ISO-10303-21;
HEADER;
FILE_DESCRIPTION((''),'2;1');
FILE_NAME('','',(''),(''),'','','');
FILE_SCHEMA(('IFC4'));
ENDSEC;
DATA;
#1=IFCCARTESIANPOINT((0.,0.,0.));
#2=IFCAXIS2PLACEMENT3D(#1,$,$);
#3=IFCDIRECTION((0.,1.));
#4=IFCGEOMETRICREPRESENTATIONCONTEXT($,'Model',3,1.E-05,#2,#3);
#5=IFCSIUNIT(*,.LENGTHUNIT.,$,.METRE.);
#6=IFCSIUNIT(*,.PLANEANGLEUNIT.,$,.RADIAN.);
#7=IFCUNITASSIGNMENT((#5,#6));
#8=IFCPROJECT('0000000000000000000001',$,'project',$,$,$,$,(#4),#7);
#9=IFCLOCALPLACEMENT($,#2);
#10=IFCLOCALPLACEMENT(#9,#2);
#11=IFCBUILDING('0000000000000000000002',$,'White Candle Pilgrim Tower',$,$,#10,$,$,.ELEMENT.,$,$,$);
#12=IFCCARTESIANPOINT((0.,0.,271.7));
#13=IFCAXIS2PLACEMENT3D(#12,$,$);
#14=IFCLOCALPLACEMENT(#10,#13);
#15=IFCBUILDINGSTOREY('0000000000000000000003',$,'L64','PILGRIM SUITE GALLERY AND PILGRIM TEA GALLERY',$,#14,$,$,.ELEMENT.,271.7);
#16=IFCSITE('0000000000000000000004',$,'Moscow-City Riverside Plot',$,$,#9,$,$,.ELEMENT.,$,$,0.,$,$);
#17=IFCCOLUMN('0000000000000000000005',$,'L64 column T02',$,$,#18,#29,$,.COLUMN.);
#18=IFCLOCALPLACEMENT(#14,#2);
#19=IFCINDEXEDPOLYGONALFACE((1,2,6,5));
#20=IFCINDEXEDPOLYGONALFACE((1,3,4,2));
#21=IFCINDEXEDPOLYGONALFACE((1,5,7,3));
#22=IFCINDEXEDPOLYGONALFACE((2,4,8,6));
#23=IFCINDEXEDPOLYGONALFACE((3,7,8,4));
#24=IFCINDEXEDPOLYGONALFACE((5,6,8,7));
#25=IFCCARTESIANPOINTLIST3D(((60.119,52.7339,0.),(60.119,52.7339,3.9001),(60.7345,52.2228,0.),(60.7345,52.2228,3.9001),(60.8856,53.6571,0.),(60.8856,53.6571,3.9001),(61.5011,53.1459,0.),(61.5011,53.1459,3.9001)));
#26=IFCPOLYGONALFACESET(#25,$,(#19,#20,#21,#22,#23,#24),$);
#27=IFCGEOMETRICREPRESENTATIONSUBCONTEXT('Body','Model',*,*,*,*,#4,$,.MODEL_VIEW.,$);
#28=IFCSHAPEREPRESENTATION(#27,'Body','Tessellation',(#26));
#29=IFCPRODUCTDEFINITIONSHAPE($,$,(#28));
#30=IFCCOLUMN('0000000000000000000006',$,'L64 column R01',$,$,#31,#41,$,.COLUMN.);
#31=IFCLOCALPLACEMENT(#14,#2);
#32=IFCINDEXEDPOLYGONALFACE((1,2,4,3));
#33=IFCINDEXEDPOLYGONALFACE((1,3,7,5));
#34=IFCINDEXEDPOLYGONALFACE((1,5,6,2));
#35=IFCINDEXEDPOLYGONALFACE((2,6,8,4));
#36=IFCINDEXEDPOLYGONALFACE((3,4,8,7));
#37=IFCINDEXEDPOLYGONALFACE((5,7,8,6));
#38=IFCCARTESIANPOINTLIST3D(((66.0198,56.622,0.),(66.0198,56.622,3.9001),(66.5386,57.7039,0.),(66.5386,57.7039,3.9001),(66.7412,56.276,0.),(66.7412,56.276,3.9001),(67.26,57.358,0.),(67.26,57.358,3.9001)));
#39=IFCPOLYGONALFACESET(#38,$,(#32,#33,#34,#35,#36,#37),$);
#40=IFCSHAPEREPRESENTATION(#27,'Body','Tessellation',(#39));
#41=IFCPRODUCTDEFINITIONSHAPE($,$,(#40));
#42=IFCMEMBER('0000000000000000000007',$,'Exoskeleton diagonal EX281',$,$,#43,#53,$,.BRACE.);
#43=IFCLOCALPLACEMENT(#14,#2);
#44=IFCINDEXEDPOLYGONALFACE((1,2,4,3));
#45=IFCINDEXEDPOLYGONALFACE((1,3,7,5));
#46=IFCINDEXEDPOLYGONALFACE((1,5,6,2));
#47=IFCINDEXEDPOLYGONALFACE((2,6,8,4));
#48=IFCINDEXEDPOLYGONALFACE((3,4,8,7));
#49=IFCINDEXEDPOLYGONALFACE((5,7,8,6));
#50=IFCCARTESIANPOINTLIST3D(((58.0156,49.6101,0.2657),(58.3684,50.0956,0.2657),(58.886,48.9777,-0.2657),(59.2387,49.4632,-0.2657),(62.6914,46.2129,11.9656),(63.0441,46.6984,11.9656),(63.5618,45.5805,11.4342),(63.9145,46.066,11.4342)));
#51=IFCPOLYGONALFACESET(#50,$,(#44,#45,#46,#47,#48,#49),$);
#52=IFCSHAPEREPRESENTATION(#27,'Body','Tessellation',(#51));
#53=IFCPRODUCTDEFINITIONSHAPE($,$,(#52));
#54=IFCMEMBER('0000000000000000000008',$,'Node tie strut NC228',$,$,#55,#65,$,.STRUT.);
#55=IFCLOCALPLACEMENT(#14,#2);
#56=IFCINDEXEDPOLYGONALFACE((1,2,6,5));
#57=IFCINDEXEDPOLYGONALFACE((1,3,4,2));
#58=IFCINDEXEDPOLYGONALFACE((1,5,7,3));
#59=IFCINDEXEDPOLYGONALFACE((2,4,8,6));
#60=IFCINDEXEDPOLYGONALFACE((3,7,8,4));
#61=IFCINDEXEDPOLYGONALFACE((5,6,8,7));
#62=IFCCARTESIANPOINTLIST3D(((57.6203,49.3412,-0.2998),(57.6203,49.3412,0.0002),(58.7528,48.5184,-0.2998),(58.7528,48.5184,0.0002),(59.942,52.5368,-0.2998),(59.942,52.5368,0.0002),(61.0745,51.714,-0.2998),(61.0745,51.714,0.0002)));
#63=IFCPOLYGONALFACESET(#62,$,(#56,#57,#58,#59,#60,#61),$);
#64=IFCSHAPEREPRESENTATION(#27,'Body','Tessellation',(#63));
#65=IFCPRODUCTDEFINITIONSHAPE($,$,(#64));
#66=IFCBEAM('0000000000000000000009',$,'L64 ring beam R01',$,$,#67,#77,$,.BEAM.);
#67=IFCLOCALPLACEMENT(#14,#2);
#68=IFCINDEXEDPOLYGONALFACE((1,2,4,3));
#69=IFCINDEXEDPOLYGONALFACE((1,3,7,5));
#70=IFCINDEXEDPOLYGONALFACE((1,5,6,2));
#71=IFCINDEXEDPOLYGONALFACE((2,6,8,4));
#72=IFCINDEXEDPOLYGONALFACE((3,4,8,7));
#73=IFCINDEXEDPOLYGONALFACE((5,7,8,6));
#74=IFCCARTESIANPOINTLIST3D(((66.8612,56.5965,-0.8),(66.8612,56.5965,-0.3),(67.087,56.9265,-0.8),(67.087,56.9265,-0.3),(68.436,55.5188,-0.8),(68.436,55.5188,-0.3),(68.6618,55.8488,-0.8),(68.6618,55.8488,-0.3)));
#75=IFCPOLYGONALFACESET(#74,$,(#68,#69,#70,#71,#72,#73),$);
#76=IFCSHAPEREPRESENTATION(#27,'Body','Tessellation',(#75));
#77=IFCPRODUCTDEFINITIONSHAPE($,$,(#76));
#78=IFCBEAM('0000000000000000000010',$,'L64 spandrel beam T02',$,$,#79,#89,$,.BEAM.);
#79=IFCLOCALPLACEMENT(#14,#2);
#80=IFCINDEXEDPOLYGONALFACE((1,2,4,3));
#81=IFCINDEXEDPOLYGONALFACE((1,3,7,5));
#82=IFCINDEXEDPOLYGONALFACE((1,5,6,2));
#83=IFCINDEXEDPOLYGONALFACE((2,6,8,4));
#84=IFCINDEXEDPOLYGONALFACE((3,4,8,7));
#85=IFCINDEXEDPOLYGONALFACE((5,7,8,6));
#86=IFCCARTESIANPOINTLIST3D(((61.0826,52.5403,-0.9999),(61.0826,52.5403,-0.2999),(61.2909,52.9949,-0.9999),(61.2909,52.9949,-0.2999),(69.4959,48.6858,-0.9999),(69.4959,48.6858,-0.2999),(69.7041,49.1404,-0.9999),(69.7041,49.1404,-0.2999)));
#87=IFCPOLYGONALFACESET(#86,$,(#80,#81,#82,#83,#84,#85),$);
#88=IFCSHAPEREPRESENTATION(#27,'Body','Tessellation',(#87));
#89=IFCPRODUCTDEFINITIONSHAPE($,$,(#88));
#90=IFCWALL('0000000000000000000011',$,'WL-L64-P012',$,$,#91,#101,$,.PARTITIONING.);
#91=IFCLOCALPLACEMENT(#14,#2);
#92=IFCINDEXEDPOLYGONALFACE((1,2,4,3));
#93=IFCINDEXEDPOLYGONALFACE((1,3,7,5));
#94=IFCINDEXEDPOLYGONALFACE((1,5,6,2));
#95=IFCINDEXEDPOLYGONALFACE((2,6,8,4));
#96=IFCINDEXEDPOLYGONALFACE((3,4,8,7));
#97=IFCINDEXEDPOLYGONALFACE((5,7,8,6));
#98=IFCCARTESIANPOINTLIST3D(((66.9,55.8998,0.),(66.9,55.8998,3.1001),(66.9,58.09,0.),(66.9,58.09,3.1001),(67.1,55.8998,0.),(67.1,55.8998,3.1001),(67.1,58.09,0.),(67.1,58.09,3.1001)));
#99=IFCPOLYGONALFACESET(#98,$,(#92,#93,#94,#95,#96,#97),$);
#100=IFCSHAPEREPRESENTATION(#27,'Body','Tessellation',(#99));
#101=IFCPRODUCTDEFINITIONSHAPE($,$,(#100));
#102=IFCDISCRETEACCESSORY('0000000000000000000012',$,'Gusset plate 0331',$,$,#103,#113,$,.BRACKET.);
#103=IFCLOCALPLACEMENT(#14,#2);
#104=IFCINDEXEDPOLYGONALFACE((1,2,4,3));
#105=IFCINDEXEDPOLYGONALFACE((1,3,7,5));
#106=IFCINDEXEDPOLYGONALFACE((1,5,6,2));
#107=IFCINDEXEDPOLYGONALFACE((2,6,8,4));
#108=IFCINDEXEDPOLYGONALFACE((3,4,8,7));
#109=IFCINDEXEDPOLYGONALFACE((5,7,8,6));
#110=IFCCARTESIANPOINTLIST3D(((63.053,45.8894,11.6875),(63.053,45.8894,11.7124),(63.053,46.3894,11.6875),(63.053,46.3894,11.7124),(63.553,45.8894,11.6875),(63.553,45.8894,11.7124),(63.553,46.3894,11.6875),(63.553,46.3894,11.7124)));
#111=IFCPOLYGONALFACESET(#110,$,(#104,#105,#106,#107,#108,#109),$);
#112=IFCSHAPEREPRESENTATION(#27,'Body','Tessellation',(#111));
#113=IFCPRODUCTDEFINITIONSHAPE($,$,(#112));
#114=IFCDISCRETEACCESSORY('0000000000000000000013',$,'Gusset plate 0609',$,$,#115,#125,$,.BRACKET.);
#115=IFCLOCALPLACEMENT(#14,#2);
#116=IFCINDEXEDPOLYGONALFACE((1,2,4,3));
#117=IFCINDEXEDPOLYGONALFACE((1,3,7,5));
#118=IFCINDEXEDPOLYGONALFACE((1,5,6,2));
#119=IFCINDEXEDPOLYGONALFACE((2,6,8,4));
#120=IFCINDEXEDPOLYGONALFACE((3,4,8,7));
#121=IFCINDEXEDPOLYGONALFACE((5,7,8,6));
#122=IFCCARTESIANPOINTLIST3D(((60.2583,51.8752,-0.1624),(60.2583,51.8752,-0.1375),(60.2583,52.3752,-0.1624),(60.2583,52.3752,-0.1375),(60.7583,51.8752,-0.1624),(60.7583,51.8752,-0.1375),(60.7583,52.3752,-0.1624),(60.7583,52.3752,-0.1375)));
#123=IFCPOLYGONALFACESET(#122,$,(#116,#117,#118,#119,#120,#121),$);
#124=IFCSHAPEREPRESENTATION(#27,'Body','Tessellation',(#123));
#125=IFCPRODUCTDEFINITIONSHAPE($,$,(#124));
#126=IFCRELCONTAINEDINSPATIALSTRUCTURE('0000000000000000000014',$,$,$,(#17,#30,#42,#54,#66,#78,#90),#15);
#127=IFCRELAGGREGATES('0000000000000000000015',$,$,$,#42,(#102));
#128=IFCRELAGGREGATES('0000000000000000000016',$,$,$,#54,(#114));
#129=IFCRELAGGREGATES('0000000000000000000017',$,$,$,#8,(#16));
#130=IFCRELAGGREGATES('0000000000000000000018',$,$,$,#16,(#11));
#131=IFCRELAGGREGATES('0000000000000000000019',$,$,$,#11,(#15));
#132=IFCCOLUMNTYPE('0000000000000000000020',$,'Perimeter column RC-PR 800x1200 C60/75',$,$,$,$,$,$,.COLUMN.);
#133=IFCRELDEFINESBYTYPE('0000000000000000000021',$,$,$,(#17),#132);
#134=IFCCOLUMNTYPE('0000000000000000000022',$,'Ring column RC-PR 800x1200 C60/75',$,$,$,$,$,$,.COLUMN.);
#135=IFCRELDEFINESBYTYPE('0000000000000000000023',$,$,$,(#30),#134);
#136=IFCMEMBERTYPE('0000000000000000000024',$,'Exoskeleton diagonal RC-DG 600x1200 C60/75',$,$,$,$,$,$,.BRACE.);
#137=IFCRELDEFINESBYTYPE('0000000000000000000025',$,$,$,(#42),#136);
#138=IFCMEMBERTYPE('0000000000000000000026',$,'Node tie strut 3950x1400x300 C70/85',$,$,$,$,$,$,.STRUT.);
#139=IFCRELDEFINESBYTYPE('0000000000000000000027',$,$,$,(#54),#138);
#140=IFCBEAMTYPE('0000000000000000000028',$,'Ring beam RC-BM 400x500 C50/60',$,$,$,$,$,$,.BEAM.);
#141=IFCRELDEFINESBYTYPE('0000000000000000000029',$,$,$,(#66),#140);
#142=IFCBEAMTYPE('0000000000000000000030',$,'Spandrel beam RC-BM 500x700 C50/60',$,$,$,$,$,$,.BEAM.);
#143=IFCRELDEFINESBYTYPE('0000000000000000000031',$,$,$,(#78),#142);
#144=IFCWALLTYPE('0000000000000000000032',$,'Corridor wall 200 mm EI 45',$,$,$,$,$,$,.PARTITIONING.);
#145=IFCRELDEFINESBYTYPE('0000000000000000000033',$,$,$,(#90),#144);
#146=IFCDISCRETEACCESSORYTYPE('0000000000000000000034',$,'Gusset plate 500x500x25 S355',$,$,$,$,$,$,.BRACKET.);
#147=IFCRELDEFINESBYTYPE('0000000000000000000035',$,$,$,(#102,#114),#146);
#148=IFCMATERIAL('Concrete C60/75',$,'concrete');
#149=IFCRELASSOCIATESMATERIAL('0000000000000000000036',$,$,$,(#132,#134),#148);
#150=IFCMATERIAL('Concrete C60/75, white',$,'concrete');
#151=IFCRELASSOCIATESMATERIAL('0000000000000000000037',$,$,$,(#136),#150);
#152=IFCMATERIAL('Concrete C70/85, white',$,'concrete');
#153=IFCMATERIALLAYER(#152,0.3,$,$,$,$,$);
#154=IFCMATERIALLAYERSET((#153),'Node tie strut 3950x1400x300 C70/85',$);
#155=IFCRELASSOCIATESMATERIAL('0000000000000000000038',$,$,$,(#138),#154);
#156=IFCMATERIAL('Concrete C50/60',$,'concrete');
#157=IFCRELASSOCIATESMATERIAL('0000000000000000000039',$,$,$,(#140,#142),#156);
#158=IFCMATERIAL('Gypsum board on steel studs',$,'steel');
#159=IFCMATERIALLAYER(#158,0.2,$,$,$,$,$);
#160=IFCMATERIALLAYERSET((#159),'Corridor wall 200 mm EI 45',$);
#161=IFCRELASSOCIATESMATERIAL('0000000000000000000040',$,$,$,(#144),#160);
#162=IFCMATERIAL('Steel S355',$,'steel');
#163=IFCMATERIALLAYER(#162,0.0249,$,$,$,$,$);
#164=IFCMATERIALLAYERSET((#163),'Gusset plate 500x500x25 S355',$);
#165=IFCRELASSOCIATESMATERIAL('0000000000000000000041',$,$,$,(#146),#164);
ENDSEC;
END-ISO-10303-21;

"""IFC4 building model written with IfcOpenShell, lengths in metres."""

from ifc_helpers import new_model, si_unit, direction, frame, frame_2d, origin, origin_2d, place, context, subcontext, project, spatial, rectangle, extrude, material, layer, layer_set, material_profile, profile_set, type_object, element, aggregate, save


model = new_model("IFC4")

# Units and contexts
model_context = context("Model", 3, precision=1e-05, world=origin(), true_north=direction((0.0, 1.0)))
body_context = subcontext(model_context, "Body", "Model", "MODEL_VIEW")
ifc_project = project(units=[si_unit("LENGTHUNIT", "METRE"), si_unit("PLANEANGLEUNIT", "RADIAN")], contexts=[model_context])

# Site, building, storey
site_placement = place(None, origin())
site = spatial("IfcSite", under=ifc_project, at=site_placement, Name="Moscow-City Riverside Plot", CompositionType="ELEMENT", RefElevation=0.0)
building_placement = place(site_placement, origin())
building = spatial("IfcBuilding", under=site, at=building_placement, Name="White Candle Pilgrim Tower", CompositionType="ELEMENT")
storey_placement = place(building_placement, frame((0.0, 0.0, 271.7)))
storey = spatial("IfcBuildingStorey", under=building, at=storey_placement, Name="L64", Description="PILGRIM SUITE GALLERY AND PILGRIM TEA GALLERY", CompositionType="ELEMENT", Elevation=271.7)

# Columns
ifc_material_1 = material(Name="Concrete C60/75", Category="concrete")
ifc_material_profile_1 = material_profile(ifc_material_1, rectangle(XDim=0.8, YDim=1.2, at=origin_2d()), Name="RC-PR 800x1200")
ifc_profile_set_1 = profile_set([ifc_material_profile_1], Name="Concrete C60/75")
column_type_1 = type_object("IfcColumnType", Name="Perimeter column RC-PR 800x1200 C60/75", PredefinedType="COLUMN", material=ifc_profile_set_1)
column_1_placement = place(storey_placement, frame((60.8101, 52.9399, 0.0), z_axis=(0.0, 0.0, 1.0), x_axis=(-0.76931, 0.638875, 0.0)))
element("IfcColumn", 1, at=column_1_placement, inside=storey, type_object=column_type_1, Name="L64 column T02", PredefinedType="COLUMN", context=body_context, shape_type="SweptSolid", body=[
    extrude(rectangle(XDim=0.8, YDim=1.2, at=origin_2d()), origin(), (0.0, 0.0, 1.0), 3.9001),
])
ifc_material_profile_2 = material_profile(ifc_material_1, rectangle(XDim=0.8, YDim=1.2, at=origin_2d()), Name="RC-PR 800x1200")
ifc_profile_set_2 = profile_set([ifc_material_profile_2], Name="Concrete C60/75")
column_type_2 = type_object("IfcColumnType", Name="Ring column RC-PR 800x1200 C60/75", PredefinedType="COLUMN", material=ifc_profile_set_2)
column_2_placement = place(storey_placement, frame((66.6399, 56.99, 0.0), z_axis=(0.0, 0.0, 1.0), x_axis=(-0.901689, 0.432385, 0.0)))
element("IfcColumn", 2, at=column_2_placement, inside=storey, type_object=column_type_2, Name="L64 column R01", PredefinedType="COLUMN", context=body_context, shape_type="SweptSolid", body=[
    extrude(rectangle(XDim=0.8, YDim=1.2, at=origin_2d()), origin(), (0.0, 0.0, 1.0), 3.9001),
])

# Members
ifc_material_2 = material(Name="Concrete C60/75, white", Category="concrete")
ifc_material_profile_3 = material_profile(ifc_material_2, rectangle(XDim=0.6001, YDim=1.2, at=origin_2d()), Name="RC-DG 600x1200")
ifc_profile_set_3 = profile_set([ifc_material_profile_3], Name="Concrete C60/75, white")
member_type_1 = type_object("IfcMemberType", Name="Exoskeleton diagonal RC-DG 600x1200 C60/75", PredefinedType="BRACE", material=ifc_profile_set_3)
member_1_placement = place(storey_placement, frame((58.6272, 49.5366, 0.0), z_axis=(0.358308, -0.26033, 0.896573), x_axis=(0.587792, 0.809012, 0.0)))
member_1 = element("IfcMember", 3, at=member_1_placement, inside=storey, type_object=member_type_1, Name="Exoskeleton diagonal EX281", PredefinedType="BRACE", context=body_context, shape_type="SweptSolid", body=[
    extrude(rectangle(XDim=0.6001, YDim=1.2, at=origin_2d()), origin(), (0.0, 0.0, 1.0), 13.0496),
])
ifc_material_3 = material(Name="Concrete C70/85, white", Category="concrete")
ifc_layer_1 = layer(ifc_material_3, 0.3)
ifc_layer_set_1 = layer_set([ifc_layer_1], Name="Node tie strut 3950x1400x300 C70/85")
member_type_2 = type_object("IfcMemberType", Name="Node tie strut 3950x1400x300 C70/85", PredefinedType="STRUT", material=ifc_layer_set_1)
member_2_placement = place(storey_placement, frame((59.3474, 50.5276, -0.2998), z_axis=(0.0, 0.0, 1.0), x_axis=(0.809017, -0.587785, 0.0)))
member_2 = element("IfcMember", 4, at=member_2_placement, inside=storey, type_object=member_type_2, Name="Node tie strut NC228", PredefinedType="STRUT", context=body_context, shape_type="SweptSolid", body=[
    extrude(rectangle(XDim=1.3999, YDim=3.95, at=origin_2d()), origin(), (0.0, 0.0, 1.0), 0.3),
])

# Beams
ifc_material_4 = material(Name="Concrete C50/60", Category="concrete")
ifc_material_profile_4 = material_profile(ifc_material_4, rectangle(XDim=0.3999, YDim=0.5, at=origin_2d()), Name="RC-BM 400x500")
ifc_profile_set_4 = profile_set([ifc_material_profile_4], Name="Concrete C50/60")
beam_type_1 = type_object("IfcBeamType", Name="Ring beam RC-BM 400x500 C50/60", PredefinedType="BEAM", material=ifc_profile_set_4)
beam_1_placement = place(storey_placement, frame((66.9741, 56.7615, -0.55), z_axis=(0.825257, -0.564757, 0.0), x_axis=(0.564757, 0.825257, 0.0)))
element("IfcBeam", 5, at=beam_1_placement, inside=storey, type_object=beam_type_1, Name="L64 ring beam R01", PredefinedType="BEAM", context=body_context, shape_type="SweptSolid", body=[
    extrude(rectangle(XDim=0.3999, YDim=0.5, at=origin_2d()), origin(), (0.0, 0.0, 1.0), 1.9082),
])
ifc_material_profile_5 = material_profile(ifc_material_4, rectangle(XDim=0.5, YDim=0.7, at=origin_2d()), Name="RC-BM 500x700")
ifc_profile_set_5 = profile_set([ifc_material_profile_5], Name="Concrete C50/60")
beam_type_2 = type_object("IfcBeamType", Name="Spandrel beam RC-BM 500x700 C50/60", PredefinedType="BEAM", material=ifc_profile_set_5)
beam_2_placement = place(storey_placement, frame((61.1868, 52.7676, -0.6499), z_axis=(0.909131, -0.41651, 0.0), x_axis=(0.41651, 0.909131, 0.0)))
element("IfcBeam", 6, at=beam_2_placement, inside=storey, type_object=beam_type_2, Name="L64 spandrel beam T02", PredefinedType="BEAM", context=body_context, shape_type="SweptSolid", body=[
    extrude(rectangle(XDim=0.5, YDim=0.7, at=origin_2d()), origin(), (0.0, 0.0, 1.0), 9.2542),
])

# Wall
ifc_material_5 = material(Name="Gypsum board on steel studs", Category="steel")
ifc_layer_2 = layer(ifc_material_5, 0.2)
ifc_layer_set_2 = layer_set([ifc_layer_2], Name="Corridor wall 200 mm EI 45")
wall_type_1 = type_object("IfcWallType", Name="Corridor wall 200 mm EI 45", PredefinedType="PARTITIONING", material=ifc_layer_set_2)
wall_1_placement = place(storey_placement, frame((67.0, 58.0901, 0.0), z_axis=(0.0, 0.0, 1.0), x_axis=(0.0, -1.0, 0.0)))
element("IfcWall", 7, at=wall_1_placement, inside=storey, type_object=wall_type_1, Name="WL-L64-P012", PredefinedType="PARTITIONING", context=body_context, shape_type="SweptSolid", body=[
    extrude(rectangle(XDim=2.1902, YDim=0.2, at=frame_2d((1.0952, 0.0))), origin(), (0.0, 0.0, 1.0), 3.1001),
])

# Discrete accessories
ifc_material_6 = material(Name="Steel S355", Category="steel")
ifc_layer_3 = layer(ifc_material_6, 0.0249)
ifc_layer_set_3 = layer_set([ifc_layer_3], Name="Gusset plate 500x500x25 S355")
discrete_accessory_type = type_object("IfcDiscreteAccessoryType", Name="Gusset plate 500x500x25 S355", PredefinedType="BRACKET", material=ifc_layer_set_3)
placement = place(building_placement, frame((0.0, 0.0, 283.3999)))
discrete_accessory_1_placement = place(placement, frame((63.303, 46.1394, -0.0125), z_axis=(0.0, 0.0, 1.0), x_axis=(1.0, 0.0, 0.0)))
discrete_accessory_1 = element("IfcDiscreteAccessory", 8, at=discrete_accessory_1_placement, type_object=discrete_accessory_type, Name="Gusset plate 0331", PredefinedType="BRACKET", context=body_context, shape_type="SweptSolid", body=[
    extrude(rectangle(XDim=0.5, YDim=0.5, at=origin_2d()), origin(), (0.0, 0.0, 1.0), 0.0249),
])
aggregate(member_1, [discrete_accessory_1])
discrete_accessory_2_placement = place(storey_placement, frame((60.5083, 52.1252, -0.1624), z_axis=(0.0, 0.0, 1.0), x_axis=(1.0, 0.0, 0.0)))
discrete_accessory_2 = element("IfcDiscreteAccessory", 9, at=discrete_accessory_2_placement, type_object=discrete_accessory_type, Name="Gusset plate 0609", PredefinedType="BRACKET", context=body_context, shape_type="SweptSolid", body=[
    extrude(rectangle(XDim=0.5, YDim=0.5, at=origin_2d()), origin(), (0.0, 0.0, 1.0), 0.0249),
])
aggregate(member_2, [discrete_accessory_2])

save(model, "model.ifc")
